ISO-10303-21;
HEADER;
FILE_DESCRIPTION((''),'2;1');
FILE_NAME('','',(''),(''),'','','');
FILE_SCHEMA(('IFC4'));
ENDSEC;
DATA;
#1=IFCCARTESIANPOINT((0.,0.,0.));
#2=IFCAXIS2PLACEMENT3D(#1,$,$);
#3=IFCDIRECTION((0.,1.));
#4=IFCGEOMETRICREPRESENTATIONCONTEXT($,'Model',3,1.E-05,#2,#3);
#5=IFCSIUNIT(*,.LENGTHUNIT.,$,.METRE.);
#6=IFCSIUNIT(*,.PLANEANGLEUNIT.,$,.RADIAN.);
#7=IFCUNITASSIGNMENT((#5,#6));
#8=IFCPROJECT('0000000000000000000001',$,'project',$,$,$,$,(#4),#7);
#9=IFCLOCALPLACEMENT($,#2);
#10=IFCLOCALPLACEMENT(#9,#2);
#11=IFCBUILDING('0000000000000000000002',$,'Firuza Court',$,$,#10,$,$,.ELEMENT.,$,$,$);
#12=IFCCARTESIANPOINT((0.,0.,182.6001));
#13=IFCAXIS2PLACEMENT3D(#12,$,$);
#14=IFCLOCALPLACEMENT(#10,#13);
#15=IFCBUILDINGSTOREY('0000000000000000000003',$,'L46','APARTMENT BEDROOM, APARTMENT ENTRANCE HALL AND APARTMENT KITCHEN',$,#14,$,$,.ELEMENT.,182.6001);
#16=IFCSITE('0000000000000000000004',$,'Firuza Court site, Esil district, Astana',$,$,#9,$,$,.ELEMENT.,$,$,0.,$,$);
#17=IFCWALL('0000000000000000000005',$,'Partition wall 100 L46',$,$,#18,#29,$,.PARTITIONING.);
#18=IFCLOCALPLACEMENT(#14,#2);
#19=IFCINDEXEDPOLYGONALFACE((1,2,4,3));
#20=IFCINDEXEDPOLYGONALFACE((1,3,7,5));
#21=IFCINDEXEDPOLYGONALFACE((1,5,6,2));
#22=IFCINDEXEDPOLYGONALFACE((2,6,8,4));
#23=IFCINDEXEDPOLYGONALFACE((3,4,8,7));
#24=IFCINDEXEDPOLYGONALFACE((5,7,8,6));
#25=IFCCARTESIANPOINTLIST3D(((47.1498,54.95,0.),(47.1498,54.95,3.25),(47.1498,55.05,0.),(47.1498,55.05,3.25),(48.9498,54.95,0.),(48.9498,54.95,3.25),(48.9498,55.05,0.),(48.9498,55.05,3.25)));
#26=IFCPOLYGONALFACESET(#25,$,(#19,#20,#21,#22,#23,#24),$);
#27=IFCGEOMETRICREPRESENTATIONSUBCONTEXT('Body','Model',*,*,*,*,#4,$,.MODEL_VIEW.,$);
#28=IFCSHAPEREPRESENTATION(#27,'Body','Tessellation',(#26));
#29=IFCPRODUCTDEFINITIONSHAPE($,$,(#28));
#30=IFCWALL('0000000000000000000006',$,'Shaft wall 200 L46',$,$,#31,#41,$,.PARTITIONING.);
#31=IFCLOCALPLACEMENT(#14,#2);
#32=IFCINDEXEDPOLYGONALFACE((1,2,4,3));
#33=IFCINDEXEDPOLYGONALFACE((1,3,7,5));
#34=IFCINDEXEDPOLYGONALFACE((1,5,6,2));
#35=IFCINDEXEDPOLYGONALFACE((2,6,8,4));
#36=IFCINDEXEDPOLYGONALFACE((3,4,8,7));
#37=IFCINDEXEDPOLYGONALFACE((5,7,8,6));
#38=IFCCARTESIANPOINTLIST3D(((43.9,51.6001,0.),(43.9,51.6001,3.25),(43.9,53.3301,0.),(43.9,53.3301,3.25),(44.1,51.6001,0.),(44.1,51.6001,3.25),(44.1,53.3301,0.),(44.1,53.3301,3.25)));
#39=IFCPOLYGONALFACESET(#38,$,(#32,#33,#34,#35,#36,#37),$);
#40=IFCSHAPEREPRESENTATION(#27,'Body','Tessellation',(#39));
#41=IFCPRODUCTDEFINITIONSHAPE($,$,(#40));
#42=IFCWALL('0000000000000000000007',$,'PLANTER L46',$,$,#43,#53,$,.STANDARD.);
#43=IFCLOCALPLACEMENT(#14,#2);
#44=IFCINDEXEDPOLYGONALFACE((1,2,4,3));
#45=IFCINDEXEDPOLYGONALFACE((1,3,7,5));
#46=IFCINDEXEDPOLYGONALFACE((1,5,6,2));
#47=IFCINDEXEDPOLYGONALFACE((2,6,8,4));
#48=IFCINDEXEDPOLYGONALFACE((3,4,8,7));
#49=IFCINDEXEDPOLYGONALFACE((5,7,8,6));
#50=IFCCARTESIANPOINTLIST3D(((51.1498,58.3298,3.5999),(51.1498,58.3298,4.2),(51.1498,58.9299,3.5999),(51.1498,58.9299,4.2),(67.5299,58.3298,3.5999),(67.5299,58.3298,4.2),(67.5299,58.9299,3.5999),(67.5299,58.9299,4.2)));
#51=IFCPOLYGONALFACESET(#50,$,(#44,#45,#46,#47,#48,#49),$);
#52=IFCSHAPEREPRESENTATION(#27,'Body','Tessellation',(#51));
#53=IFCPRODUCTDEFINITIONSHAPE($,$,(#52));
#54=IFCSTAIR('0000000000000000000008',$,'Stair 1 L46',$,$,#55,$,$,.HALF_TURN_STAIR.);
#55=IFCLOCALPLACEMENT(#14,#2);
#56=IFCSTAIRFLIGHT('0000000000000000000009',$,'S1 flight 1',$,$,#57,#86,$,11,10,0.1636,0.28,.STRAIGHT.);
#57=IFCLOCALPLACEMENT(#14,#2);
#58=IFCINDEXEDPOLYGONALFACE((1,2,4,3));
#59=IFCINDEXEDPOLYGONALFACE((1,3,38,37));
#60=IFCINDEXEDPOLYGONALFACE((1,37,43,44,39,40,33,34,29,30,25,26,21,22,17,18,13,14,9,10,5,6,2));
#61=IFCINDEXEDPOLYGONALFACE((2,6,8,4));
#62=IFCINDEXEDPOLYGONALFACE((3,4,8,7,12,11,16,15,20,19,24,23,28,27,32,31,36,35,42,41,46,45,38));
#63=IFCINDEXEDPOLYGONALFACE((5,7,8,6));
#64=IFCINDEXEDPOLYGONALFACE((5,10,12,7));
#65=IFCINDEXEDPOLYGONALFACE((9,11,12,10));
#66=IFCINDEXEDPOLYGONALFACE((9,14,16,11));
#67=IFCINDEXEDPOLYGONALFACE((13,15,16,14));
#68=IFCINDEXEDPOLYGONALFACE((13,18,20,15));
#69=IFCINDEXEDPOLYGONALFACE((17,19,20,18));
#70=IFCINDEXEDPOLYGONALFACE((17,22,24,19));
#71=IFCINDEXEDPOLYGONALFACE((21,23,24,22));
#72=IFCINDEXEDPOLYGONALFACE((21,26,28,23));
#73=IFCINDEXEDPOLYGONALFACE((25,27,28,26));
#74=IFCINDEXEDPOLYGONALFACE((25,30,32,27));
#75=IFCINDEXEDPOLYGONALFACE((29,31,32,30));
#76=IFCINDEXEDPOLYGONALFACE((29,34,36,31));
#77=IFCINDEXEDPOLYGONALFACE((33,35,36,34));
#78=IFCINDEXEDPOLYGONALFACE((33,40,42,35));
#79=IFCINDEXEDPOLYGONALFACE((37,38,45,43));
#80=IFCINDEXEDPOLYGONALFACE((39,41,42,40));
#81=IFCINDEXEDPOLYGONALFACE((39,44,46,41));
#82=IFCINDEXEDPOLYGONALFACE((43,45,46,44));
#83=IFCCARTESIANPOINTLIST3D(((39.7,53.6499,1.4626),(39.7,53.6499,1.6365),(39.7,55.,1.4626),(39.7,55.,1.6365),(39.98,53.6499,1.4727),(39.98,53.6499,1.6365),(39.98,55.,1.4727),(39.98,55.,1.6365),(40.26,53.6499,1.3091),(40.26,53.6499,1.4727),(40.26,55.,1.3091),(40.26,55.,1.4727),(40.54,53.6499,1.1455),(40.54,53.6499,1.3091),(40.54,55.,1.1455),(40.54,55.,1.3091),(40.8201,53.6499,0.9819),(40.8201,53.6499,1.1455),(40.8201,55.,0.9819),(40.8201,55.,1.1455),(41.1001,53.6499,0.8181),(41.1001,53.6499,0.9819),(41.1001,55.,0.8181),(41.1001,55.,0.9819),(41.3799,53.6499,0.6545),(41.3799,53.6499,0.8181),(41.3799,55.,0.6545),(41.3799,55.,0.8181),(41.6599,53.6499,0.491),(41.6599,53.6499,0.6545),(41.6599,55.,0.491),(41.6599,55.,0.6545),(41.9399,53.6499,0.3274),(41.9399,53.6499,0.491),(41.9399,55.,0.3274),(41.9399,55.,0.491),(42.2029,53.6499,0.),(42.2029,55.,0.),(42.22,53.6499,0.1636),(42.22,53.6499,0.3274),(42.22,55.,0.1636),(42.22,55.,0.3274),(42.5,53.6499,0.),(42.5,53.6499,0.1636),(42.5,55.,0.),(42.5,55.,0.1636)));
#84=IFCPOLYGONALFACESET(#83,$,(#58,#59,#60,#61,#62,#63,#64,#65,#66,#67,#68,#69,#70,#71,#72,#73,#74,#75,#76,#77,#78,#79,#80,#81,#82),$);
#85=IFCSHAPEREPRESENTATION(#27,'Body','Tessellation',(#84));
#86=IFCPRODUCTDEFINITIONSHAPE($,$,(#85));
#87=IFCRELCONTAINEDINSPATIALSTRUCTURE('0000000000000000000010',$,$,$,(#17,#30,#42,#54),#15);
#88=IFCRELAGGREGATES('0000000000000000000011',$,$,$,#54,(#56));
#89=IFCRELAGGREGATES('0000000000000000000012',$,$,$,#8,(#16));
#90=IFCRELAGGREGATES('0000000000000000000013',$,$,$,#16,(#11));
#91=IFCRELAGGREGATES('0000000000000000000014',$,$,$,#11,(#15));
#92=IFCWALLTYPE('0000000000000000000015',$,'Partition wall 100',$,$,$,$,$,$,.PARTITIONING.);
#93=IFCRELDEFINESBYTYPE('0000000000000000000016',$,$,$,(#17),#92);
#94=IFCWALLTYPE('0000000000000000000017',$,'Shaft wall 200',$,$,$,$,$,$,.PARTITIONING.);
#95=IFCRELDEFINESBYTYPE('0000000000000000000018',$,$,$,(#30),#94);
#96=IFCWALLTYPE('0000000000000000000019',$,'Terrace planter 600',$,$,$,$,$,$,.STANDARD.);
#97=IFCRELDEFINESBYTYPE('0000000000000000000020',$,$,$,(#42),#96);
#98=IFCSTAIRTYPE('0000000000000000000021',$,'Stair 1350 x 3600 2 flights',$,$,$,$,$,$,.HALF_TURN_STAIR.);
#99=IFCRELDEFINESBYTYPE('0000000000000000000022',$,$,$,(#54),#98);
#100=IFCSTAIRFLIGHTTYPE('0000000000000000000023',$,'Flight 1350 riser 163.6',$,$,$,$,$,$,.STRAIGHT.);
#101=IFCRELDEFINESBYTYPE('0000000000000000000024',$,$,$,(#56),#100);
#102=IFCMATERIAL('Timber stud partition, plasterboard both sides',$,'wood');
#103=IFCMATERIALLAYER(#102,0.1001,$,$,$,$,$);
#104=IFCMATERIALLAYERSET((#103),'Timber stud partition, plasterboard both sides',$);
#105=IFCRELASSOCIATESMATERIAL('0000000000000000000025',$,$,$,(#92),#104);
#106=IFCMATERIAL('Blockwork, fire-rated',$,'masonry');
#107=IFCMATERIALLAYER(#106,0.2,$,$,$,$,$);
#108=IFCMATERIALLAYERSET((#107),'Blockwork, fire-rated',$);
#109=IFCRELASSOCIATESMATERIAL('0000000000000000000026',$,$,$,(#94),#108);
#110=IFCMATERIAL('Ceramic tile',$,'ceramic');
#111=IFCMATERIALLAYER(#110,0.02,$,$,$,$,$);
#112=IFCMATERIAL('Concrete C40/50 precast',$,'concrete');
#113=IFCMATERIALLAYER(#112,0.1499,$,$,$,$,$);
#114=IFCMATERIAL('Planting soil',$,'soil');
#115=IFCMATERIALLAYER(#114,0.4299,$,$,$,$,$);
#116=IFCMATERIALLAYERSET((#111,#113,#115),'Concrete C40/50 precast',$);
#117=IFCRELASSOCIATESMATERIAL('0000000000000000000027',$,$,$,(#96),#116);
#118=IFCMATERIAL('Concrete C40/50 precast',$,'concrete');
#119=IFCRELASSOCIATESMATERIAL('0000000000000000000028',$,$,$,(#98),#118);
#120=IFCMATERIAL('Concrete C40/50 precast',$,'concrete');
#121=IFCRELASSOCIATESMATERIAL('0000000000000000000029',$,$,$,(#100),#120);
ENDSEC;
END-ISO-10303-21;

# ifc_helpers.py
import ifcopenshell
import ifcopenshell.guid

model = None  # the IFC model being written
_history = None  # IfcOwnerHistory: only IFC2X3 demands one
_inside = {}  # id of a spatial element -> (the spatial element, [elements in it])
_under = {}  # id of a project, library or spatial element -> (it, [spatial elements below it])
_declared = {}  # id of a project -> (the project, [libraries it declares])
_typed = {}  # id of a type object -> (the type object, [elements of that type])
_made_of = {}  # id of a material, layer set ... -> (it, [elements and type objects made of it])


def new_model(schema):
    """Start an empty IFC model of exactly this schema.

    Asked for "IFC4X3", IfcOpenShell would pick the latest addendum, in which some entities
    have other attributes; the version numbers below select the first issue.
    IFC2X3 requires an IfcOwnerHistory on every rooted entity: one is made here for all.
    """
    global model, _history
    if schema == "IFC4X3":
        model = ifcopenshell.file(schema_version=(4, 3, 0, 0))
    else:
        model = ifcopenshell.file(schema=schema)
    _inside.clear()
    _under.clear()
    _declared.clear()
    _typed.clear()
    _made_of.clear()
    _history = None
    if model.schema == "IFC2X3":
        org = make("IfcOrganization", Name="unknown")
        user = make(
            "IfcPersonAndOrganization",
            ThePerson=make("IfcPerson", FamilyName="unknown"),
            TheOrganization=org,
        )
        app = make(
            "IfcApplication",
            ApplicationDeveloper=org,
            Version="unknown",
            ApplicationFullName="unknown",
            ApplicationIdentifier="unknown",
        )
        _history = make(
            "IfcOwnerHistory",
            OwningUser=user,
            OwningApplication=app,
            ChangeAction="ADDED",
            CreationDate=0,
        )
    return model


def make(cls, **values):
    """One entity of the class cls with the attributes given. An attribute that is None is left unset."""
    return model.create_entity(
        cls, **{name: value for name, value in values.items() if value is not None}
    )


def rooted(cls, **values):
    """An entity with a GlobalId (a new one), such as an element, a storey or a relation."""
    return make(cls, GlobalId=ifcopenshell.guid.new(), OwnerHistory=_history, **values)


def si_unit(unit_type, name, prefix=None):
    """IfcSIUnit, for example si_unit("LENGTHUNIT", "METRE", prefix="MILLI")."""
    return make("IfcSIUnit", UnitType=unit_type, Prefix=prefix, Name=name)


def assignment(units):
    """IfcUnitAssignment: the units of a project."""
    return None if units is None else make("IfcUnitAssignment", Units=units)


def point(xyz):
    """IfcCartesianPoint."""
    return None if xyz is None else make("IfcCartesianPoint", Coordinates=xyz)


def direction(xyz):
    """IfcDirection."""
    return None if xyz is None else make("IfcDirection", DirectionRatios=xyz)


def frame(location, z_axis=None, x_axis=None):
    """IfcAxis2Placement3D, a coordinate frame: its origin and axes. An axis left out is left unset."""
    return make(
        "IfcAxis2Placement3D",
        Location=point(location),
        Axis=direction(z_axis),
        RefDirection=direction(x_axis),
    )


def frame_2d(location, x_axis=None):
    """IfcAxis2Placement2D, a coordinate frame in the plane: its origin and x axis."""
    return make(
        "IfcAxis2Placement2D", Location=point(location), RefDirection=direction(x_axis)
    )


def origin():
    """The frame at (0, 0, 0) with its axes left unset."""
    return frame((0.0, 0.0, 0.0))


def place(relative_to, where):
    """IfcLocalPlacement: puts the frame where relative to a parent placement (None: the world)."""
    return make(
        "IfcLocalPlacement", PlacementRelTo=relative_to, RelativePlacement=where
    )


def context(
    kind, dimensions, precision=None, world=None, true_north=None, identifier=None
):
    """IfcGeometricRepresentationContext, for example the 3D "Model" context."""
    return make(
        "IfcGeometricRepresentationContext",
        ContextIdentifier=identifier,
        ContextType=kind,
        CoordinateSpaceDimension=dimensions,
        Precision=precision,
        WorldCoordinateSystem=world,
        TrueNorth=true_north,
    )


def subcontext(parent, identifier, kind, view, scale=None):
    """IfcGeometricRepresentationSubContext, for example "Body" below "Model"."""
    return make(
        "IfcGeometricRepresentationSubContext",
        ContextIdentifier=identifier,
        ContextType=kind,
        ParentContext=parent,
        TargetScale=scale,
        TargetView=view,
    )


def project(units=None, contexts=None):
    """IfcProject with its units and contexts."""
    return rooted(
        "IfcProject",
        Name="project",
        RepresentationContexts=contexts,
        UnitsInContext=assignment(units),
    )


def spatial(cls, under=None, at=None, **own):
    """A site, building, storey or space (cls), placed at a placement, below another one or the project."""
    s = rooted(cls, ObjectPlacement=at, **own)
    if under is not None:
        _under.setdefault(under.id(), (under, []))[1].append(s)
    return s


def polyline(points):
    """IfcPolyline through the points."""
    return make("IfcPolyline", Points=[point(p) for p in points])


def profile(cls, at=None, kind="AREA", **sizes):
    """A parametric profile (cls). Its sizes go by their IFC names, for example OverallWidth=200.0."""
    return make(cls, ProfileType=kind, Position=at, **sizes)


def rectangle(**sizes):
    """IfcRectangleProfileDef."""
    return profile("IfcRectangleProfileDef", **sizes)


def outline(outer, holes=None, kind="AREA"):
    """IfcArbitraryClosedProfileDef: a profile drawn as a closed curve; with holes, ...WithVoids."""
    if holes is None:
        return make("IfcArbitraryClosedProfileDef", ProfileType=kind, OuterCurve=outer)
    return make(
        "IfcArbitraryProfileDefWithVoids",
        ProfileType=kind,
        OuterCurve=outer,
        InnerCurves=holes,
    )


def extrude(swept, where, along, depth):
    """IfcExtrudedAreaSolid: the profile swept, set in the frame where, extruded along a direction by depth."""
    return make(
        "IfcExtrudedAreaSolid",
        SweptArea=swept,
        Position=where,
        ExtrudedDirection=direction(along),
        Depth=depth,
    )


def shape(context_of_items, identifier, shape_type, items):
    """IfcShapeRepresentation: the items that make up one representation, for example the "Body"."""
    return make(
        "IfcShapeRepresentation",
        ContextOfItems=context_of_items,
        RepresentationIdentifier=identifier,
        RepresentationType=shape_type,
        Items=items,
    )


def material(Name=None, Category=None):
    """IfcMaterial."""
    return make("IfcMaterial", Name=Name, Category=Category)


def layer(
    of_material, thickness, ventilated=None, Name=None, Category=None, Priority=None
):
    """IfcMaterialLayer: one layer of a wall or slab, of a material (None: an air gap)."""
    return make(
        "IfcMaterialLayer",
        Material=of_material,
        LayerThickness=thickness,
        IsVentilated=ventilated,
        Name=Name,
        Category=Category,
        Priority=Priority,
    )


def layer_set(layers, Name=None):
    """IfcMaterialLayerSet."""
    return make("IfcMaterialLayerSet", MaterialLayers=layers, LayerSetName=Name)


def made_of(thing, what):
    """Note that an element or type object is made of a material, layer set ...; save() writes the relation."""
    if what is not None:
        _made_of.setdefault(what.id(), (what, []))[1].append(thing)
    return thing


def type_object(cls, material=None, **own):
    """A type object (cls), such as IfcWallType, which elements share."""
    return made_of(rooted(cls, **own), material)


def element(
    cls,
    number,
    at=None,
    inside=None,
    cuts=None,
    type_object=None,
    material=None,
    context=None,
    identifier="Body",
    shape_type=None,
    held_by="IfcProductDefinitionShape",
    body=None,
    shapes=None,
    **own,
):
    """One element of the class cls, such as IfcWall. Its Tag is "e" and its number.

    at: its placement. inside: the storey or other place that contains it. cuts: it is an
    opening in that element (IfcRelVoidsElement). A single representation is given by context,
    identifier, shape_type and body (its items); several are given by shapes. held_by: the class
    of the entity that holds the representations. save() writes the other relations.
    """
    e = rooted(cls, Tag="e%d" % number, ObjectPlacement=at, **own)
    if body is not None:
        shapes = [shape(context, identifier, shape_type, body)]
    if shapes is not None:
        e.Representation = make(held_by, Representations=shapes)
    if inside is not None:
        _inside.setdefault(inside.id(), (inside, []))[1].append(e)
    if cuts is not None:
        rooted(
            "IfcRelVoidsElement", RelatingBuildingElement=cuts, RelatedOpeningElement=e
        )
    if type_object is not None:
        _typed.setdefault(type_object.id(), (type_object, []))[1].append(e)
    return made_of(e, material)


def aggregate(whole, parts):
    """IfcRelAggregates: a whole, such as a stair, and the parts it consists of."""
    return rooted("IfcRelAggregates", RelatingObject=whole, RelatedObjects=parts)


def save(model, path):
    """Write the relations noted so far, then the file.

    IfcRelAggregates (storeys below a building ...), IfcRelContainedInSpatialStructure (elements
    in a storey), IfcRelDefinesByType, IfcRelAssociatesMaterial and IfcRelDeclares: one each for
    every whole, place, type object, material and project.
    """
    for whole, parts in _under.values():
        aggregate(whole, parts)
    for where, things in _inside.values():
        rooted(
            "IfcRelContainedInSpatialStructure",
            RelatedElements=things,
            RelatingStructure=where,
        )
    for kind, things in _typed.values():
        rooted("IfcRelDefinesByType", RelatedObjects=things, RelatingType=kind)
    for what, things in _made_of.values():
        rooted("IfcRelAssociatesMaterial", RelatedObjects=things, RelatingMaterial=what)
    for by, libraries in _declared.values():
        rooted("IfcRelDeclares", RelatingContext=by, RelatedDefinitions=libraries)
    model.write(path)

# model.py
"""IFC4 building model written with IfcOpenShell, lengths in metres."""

from ifc_helpers import new_model, si_unit, direction, frame, frame_2d, origin, place, context, subcontext, project, spatial, polyline, rectangle, outline, extrude, material, layer, layer_set, type_object, element, aggregate, save


model = new_model("IFC4")

# Units and contexts
model_context = context("Model", 3, precision=1e-05, world=origin(), true_north=direction((0.0, 1.0)))
body_context = subcontext(model_context, "Body", "Model", "MODEL_VIEW")
ifc_project = project(units=[si_unit("LENGTHUNIT", "METRE"), si_unit("PLANEANGLEUNIT", "RADIAN")], contexts=[model_context])

# Site, building, storey
site_placement = place(None, origin())
site = spatial("IfcSite", under=ifc_project, at=site_placement, Name="Firuza Court site, Esil district, Astana", CompositionType="ELEMENT", RefElevation=0.0)
building_placement = place(site_placement, origin())
building = spatial("IfcBuilding", under=site, at=building_placement, Name="Firuza Court", CompositionType="ELEMENT")
storey_placement = place(building_placement, frame((0.0, 0.0, 182.6001)))
storey = spatial("IfcBuildingStorey", under=building, at=storey_placement, Name="L46", Description="APARTMENT BEDROOM, APARTMENT ENTRANCE HALL AND APARTMENT KITCHEN", CompositionType="ELEMENT", Elevation=182.6001)

# Walls
ifc_material_1 = material(Name="Timber stud partition, plasterboard both sides", Category="wood")
ifc_layer_1 = layer(ifc_material_1, 0.1001)
ifc_layer_set_1 = layer_set([ifc_layer_1], Name="Timber stud partition, plasterboard both sides")
wall_type_1 = type_object("IfcWallType", Name="Partition wall 100", PredefinedType="PARTITIONING", material=ifc_layer_set_1)
wall_1_placement = place(storey_placement, frame((47.1499, 55.0, 0.0), z_axis=(0.0, 0.0, 1.0), x_axis=(1.0, 0.0, 0.0)))
element("IfcWall", 1, at=wall_1_placement, inside=storey, type_object=wall_type_1, Name="Partition wall 100 L46", PredefinedType="PARTITIONING", context=body_context, shape_type="SweptSolid", body=[
    extrude(rectangle(XDim=1.8, YDim=0.1001, at=frame_2d((0.8999, 0.0))), origin(), (0.0, 0.0, 1.0), 3.25),
])
ifc_material_2 = material(Name="Blockwork, fire-rated", Category="masonry")
ifc_layer_2 = layer(ifc_material_2, 0.2)
ifc_layer_set_2 = layer_set([ifc_layer_2], Name="Blockwork, fire-rated")
wall_type_2 = type_object("IfcWallType", Name="Shaft wall 200", PredefinedType="PARTITIONING", material=ifc_layer_set_2)
wall_2_placement = place(storey_placement, frame((44.0, 51.6001, 0.0), z_axis=(0.0, 0.0, 1.0), x_axis=(0.0, 1.0, 0.0)))
element("IfcWall", 2, at=wall_2_placement, inside=storey, type_object=wall_type_2, Name="Shaft wall 200 L46", PredefinedType="PARTITIONING", context=body_context, shape_type="SweptSolid", body=[
    extrude(rectangle(XDim=1.73, YDim=0.2, at=frame_2d((0.865, 0.0))), origin(), (0.0, 0.0, 1.0), 3.25),
])
ifc_material_3 = material(Name="Ceramic tile", Category="ceramic")
ifc_layer_3 = layer(ifc_material_3, 0.02)
ifc_material_4 = material(Name="Concrete C40/50 precast", Category="concrete")
ifc_layer_4 = layer(ifc_material_4, 0.1499)
ifc_material_5 = material(Name="Planting soil", Category="soil")
ifc_layer_5 = layer(ifc_material_5, 0.4299)
ifc_layer_set_3 = layer_set([ifc_layer_3, ifc_layer_4, ifc_layer_5], Name="Concrete C40/50 precast")
wall_type_3 = type_object("IfcWallType", Name="Terrace planter 600", PredefinedType="STANDARD", material=ifc_layer_set_3)
wall_3_placement = place(storey_placement, frame((51.1499, 58.6299, 3.5999), z_axis=(0.0, 0.0, 1.0), x_axis=(1.0, 0.0, 0.0)))
element("IfcWall", 3, at=wall_3_placement, inside=storey, type_object=wall_type_3, Name="PLANTER L46", PredefinedType="STANDARD", context=body_context, shape_type="SweptSolid", body=[
    extrude(rectangle(XDim=16.3801, YDim=0.6001, at=frame_2d((8.1899, 0.0))), origin(), (0.0, 0.0, 1.0), 0.6001),
])

# Stair, stair flight
ifc_material_6 = material(Name="Concrete C40/50 precast", Category="concrete")
stair_type = type_object("IfcStairType", Name="Stair 1350 x 3600 2 flights", PredefinedType="HALF_TURN_STAIR", material=ifc_material_6)
stair_placement = place(storey_placement, origin())
stair = element("IfcStair", 4, at=stair_placement, inside=storey, type_object=stair_type, Name="Stair 1 L46", PredefinedType="HALF_TURN_STAIR")
ifc_material_7 = material(Name="Concrete C40/50 precast", Category="concrete")
stair_flight_type = type_object("IfcStairFlightType", Name="Flight 1350 riser 163.6", PredefinedType="STRAIGHT", material=ifc_material_7)
stair_flight_placement = place(storey_placement, frame((42.5, 54.325, 0.0), z_axis=(0.0, 0.0, 1.0), x_axis=(-1.0, 0.0, 0.0)))
stair_flight = element("IfcStairFlight", 5, at=stair_flight_placement, type_object=stair_flight_type, Name="S1 flight 1", NumberOfRisers=11, NumberOfTreads=10, PredefinedType="STRAIGHT", RiserHeight=0.1636, TreadLength=0.28, context=body_context, shape_type="SweptSolid", body=[
    extrude(outline(polyline([(0.0, 0.0), (0.0, 0.1636), (0.28, 0.1636), (0.28, 0.3274), (0.5601, 0.3274), (0.5601, 0.491), (0.8401, 0.491), (0.8401, 0.6545), (1.1201, 0.6545), (1.1201, 0.8181), (1.3999, 0.8181), (1.3999, 0.9819), (1.6799, 0.9819), (1.6799, 1.1455), (1.96, 1.1455), (1.96, 1.3091), (2.24, 1.3091), (2.24, 1.4727), (2.52, 1.4727), (2.52, 1.6365), (2.8, 1.6365), (2.8, 1.8), (2.8, 1.4626), (0.2971, 0.0), (0.0, 0.0)])), frame((0.0, 0.675, 0.0), z_axis=(0.0, -1.0, 0.0), x_axis=(1.0, 0.0, 0.0)), (0.0, 0.0, 1.0), 1.3501),
])
aggregate(stair, [stair_flight])

save(model, "model.ifc")
